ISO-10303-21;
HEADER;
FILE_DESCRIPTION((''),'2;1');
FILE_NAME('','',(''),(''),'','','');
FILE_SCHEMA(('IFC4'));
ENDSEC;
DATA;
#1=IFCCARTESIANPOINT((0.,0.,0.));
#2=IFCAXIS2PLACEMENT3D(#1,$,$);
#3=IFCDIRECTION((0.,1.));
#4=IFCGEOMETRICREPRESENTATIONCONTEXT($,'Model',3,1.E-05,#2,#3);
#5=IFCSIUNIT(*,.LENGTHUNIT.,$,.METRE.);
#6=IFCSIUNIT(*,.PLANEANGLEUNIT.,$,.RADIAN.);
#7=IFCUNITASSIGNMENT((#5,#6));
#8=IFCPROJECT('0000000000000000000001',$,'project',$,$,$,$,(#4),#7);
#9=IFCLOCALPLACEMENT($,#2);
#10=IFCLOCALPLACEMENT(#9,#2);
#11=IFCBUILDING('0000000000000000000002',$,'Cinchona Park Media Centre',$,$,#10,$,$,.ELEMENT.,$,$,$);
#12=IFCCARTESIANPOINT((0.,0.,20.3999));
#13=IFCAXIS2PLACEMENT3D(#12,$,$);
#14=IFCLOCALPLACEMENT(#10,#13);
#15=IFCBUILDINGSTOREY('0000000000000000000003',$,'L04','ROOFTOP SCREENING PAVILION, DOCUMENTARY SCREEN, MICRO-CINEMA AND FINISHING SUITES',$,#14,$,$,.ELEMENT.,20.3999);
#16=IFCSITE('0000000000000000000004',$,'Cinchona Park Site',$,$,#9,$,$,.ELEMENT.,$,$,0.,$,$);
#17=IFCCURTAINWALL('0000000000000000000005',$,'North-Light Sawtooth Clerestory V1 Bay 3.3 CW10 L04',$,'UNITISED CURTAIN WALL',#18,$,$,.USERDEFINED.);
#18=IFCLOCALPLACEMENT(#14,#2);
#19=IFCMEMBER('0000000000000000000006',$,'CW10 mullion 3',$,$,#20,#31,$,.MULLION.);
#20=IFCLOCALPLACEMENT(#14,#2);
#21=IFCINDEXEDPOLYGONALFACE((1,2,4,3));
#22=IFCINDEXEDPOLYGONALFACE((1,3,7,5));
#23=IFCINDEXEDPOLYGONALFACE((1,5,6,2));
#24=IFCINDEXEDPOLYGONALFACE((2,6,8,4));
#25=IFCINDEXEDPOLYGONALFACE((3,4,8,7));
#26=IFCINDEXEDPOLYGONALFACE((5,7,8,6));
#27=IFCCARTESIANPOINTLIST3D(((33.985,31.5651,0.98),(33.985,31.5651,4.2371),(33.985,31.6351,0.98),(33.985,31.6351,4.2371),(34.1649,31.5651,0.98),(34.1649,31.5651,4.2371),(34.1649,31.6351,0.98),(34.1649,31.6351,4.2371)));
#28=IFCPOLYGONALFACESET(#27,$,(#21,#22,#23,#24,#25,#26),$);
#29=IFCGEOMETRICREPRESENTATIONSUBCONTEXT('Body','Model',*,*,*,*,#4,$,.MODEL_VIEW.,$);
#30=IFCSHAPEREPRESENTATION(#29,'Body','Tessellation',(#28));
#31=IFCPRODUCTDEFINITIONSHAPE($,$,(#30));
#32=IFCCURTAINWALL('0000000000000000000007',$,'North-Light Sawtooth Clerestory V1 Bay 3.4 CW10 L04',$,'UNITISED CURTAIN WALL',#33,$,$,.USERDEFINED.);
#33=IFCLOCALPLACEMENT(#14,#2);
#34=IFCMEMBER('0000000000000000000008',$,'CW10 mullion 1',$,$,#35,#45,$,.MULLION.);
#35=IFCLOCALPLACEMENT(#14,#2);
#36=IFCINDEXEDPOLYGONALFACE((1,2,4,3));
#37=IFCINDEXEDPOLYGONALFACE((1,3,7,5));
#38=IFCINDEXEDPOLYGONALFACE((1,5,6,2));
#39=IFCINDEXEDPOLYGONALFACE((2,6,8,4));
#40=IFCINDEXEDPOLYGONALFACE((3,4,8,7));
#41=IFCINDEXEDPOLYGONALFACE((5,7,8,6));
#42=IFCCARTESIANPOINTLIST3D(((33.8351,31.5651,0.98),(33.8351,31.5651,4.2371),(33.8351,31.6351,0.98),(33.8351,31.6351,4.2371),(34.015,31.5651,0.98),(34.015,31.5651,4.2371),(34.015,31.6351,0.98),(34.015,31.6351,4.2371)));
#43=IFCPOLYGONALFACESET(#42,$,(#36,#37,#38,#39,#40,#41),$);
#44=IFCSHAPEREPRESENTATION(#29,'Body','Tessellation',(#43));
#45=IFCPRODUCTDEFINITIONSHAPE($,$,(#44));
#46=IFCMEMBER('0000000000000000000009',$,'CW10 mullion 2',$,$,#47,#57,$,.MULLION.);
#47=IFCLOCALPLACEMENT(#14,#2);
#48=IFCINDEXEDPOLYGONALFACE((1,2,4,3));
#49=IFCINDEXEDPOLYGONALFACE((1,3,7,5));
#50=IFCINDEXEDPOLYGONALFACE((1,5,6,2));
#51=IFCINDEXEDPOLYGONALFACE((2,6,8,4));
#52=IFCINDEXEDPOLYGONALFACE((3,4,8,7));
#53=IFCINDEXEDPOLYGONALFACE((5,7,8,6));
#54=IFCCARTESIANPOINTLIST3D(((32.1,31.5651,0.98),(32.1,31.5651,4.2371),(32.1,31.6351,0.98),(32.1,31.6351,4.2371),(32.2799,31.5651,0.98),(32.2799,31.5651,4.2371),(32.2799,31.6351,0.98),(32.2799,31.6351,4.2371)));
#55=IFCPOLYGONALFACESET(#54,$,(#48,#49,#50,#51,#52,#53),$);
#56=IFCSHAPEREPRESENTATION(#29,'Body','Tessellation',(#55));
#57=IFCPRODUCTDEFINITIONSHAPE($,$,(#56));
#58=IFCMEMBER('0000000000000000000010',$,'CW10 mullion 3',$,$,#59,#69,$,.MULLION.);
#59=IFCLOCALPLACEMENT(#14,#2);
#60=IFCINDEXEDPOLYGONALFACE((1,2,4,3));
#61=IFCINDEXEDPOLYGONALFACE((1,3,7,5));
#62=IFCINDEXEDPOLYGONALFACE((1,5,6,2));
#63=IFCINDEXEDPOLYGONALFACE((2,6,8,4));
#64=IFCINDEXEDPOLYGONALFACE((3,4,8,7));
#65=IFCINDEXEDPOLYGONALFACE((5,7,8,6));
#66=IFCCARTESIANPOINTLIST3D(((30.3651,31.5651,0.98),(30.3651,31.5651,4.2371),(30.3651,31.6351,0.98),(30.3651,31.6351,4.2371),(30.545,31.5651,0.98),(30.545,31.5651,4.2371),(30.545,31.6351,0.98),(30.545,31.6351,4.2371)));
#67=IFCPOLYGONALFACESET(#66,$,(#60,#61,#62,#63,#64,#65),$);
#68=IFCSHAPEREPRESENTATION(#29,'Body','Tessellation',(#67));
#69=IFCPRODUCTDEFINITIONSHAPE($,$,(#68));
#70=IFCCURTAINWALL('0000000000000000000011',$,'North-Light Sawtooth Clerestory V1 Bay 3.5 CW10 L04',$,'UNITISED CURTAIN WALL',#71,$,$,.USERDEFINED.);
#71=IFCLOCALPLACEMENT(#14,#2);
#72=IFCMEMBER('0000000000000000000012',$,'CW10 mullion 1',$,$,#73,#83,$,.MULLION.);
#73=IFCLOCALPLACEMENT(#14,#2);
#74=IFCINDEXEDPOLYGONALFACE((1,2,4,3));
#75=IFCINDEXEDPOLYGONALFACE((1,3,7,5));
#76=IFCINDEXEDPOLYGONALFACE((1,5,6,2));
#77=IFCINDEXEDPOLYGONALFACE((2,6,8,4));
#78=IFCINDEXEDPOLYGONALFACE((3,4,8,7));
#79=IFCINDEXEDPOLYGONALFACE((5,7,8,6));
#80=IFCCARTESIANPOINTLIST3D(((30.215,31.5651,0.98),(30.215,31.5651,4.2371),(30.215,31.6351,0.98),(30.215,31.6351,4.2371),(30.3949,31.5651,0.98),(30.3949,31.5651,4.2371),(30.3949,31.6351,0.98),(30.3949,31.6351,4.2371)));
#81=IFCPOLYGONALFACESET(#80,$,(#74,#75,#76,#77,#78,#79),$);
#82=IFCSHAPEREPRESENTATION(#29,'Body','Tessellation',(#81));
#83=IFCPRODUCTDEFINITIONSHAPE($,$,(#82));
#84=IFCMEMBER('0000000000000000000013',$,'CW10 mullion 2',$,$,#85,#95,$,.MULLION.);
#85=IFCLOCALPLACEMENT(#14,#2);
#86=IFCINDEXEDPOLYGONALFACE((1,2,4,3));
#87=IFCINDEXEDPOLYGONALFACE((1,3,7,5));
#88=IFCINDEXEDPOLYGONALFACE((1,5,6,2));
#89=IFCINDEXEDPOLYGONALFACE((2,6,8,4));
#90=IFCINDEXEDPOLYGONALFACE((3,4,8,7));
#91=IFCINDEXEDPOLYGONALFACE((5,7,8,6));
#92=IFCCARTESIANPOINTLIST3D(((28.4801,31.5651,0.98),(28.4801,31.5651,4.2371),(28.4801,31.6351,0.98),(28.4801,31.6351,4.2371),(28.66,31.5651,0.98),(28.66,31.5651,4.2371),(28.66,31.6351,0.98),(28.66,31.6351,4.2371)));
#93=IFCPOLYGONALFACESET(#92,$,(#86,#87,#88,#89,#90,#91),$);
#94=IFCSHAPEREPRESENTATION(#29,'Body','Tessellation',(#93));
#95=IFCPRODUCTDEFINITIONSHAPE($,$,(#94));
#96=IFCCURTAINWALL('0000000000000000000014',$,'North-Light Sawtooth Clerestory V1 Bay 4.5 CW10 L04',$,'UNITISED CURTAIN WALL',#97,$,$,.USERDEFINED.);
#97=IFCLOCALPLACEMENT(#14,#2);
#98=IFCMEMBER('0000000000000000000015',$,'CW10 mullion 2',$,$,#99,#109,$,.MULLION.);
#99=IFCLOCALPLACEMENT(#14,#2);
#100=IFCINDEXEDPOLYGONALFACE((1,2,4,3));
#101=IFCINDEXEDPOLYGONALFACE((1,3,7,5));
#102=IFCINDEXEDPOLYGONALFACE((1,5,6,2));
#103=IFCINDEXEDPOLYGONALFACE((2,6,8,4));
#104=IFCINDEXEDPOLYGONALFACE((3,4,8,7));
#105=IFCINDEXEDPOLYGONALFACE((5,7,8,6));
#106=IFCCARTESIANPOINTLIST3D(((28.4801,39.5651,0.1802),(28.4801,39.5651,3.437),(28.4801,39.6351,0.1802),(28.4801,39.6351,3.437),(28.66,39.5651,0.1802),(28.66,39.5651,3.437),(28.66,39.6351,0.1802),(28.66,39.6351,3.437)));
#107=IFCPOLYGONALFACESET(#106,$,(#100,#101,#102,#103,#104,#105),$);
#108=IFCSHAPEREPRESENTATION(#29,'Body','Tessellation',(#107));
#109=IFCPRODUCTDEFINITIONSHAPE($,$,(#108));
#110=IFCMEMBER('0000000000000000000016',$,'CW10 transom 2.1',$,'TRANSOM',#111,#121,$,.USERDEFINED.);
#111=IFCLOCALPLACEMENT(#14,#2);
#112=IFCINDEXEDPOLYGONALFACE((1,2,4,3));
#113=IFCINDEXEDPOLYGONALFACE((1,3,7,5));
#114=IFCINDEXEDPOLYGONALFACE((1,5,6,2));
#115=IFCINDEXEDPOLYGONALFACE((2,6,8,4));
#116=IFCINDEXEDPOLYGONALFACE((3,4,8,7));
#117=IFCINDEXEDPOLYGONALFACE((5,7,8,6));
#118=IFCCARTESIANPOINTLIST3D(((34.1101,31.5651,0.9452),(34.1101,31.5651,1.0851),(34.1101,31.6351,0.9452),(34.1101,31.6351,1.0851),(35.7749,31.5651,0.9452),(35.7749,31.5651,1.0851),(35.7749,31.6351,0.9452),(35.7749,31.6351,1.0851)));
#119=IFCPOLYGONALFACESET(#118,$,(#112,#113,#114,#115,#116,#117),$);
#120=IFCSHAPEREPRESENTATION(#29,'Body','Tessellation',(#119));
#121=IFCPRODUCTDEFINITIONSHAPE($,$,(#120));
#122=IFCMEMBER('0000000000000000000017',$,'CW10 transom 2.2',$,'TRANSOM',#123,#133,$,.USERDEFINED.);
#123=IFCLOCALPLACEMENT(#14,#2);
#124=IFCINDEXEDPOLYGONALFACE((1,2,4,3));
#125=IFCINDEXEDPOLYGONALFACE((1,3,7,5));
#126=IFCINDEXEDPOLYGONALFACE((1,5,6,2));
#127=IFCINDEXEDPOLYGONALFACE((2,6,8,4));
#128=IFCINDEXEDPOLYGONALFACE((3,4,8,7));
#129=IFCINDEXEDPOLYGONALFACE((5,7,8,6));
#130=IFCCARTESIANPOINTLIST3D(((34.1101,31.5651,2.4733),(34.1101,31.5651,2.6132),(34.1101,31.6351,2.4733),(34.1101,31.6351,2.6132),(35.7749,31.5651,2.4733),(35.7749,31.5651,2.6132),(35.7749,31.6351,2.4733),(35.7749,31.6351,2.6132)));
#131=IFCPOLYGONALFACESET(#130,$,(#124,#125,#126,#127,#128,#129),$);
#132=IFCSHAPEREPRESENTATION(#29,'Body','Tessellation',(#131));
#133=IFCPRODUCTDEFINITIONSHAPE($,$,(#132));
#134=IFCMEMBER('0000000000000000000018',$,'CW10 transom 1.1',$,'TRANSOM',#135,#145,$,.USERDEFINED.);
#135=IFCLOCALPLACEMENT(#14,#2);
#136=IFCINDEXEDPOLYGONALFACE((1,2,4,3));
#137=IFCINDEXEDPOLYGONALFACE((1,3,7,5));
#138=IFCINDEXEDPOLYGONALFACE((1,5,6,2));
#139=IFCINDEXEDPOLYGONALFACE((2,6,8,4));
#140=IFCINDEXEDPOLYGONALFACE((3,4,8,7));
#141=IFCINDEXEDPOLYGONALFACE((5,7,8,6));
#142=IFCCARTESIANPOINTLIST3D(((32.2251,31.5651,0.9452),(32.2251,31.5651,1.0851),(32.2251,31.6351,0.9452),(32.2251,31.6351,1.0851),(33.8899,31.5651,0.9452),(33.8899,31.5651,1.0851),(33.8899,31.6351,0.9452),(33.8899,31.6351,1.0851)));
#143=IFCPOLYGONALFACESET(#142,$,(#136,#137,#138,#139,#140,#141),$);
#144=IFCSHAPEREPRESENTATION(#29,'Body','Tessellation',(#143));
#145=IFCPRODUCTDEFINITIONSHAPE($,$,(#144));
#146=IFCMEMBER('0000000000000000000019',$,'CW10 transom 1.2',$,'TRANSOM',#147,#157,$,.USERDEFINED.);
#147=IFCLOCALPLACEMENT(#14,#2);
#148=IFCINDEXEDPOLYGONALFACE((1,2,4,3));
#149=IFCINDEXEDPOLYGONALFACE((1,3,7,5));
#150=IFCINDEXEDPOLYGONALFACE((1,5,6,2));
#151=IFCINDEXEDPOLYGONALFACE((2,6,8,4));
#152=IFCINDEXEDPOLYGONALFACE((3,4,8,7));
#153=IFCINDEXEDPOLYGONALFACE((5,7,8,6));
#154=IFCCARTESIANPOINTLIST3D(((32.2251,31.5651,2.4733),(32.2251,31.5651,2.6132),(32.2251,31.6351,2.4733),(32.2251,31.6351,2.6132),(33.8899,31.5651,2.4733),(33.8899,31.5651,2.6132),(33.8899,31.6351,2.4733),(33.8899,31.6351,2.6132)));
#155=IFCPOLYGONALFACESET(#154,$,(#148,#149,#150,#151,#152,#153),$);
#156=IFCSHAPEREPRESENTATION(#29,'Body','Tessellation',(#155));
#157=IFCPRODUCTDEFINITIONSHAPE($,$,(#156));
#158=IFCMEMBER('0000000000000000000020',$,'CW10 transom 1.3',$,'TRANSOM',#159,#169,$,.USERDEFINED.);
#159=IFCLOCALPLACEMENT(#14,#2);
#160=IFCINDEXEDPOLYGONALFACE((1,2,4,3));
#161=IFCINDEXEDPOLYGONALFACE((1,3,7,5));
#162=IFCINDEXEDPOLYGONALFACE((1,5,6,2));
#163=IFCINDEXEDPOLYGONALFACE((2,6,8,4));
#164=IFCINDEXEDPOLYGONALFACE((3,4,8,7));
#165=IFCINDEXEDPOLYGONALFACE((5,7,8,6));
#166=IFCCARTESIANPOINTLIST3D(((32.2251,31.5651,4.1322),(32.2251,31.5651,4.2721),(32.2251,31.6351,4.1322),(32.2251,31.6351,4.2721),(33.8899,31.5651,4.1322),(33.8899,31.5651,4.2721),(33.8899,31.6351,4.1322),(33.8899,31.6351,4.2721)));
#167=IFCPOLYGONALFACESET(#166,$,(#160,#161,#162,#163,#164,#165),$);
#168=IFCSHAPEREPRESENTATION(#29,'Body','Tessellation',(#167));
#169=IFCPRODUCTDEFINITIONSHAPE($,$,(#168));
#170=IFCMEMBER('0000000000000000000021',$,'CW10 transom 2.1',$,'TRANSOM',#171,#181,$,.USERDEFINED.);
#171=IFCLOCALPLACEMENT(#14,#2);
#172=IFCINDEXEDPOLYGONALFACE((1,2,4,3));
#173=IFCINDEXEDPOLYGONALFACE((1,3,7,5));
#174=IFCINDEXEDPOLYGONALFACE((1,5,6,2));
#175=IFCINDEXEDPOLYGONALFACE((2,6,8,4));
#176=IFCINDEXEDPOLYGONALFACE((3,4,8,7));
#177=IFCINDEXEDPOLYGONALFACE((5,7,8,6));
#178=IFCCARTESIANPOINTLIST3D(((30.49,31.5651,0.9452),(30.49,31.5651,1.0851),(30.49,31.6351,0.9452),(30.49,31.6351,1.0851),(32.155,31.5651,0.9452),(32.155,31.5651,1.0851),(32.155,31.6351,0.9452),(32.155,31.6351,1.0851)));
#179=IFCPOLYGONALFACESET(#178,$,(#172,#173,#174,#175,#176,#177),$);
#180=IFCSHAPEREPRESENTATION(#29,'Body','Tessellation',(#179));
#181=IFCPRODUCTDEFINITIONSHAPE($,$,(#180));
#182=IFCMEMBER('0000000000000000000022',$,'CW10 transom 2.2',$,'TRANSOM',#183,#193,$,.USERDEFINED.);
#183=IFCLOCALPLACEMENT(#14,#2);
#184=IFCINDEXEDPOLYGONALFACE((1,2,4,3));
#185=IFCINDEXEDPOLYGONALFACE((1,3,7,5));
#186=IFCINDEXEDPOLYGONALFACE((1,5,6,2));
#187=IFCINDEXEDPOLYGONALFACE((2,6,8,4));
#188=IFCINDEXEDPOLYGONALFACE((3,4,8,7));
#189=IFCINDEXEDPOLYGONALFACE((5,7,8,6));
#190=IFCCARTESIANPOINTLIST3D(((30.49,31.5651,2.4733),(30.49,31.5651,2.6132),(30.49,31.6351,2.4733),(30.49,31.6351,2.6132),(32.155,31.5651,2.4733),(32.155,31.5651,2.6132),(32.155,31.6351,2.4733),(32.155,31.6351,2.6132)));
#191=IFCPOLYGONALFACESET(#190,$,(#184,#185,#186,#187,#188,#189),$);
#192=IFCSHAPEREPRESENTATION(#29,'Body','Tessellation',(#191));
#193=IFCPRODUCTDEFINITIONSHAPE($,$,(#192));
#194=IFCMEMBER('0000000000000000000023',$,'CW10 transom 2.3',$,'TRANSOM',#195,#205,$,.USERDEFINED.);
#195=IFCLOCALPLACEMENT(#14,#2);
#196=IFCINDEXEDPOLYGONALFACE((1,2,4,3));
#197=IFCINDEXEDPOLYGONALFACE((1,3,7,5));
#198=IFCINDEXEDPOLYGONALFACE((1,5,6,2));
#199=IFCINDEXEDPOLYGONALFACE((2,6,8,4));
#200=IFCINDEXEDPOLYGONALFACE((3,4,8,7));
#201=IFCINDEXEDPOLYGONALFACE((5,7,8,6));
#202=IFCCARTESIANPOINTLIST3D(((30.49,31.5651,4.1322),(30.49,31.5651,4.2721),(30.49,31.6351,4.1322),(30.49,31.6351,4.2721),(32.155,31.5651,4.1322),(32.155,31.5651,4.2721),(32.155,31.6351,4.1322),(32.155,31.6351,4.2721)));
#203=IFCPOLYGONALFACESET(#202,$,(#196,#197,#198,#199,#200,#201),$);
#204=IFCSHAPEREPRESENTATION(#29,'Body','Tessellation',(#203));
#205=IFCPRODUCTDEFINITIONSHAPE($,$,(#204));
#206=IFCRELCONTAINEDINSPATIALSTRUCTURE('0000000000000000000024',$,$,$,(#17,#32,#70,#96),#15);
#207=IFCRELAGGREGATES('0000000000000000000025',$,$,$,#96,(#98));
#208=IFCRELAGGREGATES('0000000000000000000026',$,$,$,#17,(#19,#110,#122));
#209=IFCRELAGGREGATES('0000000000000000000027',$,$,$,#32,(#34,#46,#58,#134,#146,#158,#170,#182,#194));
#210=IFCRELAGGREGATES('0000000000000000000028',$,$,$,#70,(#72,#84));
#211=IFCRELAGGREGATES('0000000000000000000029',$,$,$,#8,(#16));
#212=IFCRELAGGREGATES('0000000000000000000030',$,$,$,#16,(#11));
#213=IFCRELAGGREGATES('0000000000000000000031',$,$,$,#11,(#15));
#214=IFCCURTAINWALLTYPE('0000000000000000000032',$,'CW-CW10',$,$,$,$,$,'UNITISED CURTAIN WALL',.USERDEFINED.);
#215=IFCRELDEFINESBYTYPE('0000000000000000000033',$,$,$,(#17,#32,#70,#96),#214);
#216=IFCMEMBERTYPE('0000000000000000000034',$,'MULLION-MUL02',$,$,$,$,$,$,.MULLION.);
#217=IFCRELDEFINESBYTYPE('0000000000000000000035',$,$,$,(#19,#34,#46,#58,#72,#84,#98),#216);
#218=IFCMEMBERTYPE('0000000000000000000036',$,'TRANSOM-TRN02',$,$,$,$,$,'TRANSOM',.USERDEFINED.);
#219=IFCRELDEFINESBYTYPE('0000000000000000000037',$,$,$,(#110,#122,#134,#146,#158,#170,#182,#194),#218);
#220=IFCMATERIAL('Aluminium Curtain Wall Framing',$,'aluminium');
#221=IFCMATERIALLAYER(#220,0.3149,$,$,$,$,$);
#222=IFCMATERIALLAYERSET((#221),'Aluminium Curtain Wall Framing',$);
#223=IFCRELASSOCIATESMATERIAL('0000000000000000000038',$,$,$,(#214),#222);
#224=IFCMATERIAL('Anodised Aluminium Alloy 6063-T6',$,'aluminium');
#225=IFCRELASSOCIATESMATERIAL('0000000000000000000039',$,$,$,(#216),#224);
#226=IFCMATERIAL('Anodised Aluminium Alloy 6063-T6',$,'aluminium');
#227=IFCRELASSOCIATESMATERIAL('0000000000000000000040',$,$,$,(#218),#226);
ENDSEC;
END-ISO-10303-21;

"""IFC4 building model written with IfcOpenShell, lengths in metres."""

from ifc_helpers import new_model, si_unit, direction, frame, origin, origin_2d, place, context, subcontext, project, spatial, rectangle, extrude, material, layer, layer_set, material_profile, profile_set, type_object, element, aggregate, save


model = new_model("IFC4")

# Units and contexts
model_context = context("Model", 3, precision=1e-05, world=origin(), true_north=direction((0.0, 1.0)))
body_context = subcontext(model_context, "Body", "Model", "MODEL_VIEW")
ifc_project = project(units=[si_unit("LENGTHUNIT", "METRE"), si_unit("PLANEANGLEUNIT", "RADIAN")], contexts=[model_context])

# Site, building, storey
site_placement = place(None, origin())
site = spatial("IfcSite", under=ifc_project, at=site_placement, Name="Cinchona Park Site", CompositionType="ELEMENT", RefElevation=0.0)
building_placement = place(site_placement, origin())
building = spatial("IfcBuilding", under=site, at=building_placement, Name="Cinchona Park Media Centre", CompositionType="ELEMENT")
storey_placement = place(building_placement, frame((0.0, 0.0, 20.3999)))
storey = spatial("IfcBuildingStorey", under=building, at=storey_placement, Name="L04", Description="ROOFTOP SCREENING PAVILION, DOCUMENTARY SCREEN, MICRO-CINEMA AND FINISHING SUITES", CompositionType="ELEMENT", Elevation=20.3999)

# Curtain wall, member
ifc_material_1 = material(Name="Aluminium Curtain Wall Framing", Category="aluminium")
ifc_layer_1 = layer(ifc_material_1, 0.3149)
ifc_layer_set_1 = layer_set([ifc_layer_1], Name="Aluminium Curtain Wall Framing")
curtain_wall_type = type_object("IfcCurtainWallType", Name="CW-CW10", ElementType="UNITISED CURTAIN WALL", PredefinedType="USERDEFINED", material=ifc_layer_set_1)
curtain_wall_1_placement = place(storey_placement, origin())
curtain_wall_1 = element("IfcCurtainWall", 1, at=curtain_wall_1_placement, inside=storey, type_object=curtain_wall_type, Name="North-Light Sawtooth Clerestory V1 Bay 3.3 CW10 L04", ObjectType="UNITISED CURTAIN WALL", PredefinedType="USERDEFINED")
ifc_material_2 = material(Name="Anodised Aluminium Alloy 6063-T6", Category="aluminium")
ifc_material_profile_1 = material_profile(ifc_material_2, rectangle(XDim=0.0701, YDim=0.1799, at=origin_2d()), Name="MUL-70X180")
ifc_profile_set_1 = profile_set([ifc_material_profile_1], Name="Anodised Aluminium Alloy 6063-T6")
member_type_1 = type_object("IfcMemberType", Name="MULLION-MUL02", PredefinedType="MULLION", material=ifc_profile_set_1)
member_1_placement = place(storey_placement, frame((34.075, 31.6001, 0.98), z_axis=(0.0, 0.0, 1.0), x_axis=(0.0, -1.0, 0.0)))
member_1 = element("IfcMember", 2, at=member_1_placement, type_object=member_type_1, Name="CW10 mullion 3", PredefinedType="MULLION", context=body_context, shape_type="SweptSolid", body=[
    extrude(rectangle(XDim=0.0701, YDim=0.1799, at=origin_2d()), origin(), (0.0, 0.0, 1.0), 3.2571),
])

# Curtain walls, members
curtain_wall_2_placement = place(storey_placement, origin())
curtain_wall_2 = element("IfcCurtainWall", 3, at=curtain_wall_2_placement, inside=storey, type_object=curtain_wall_type, Name="North-Light Sawtooth Clerestory V1 Bay 3.4 CW10 L04", ObjectType="UNITISED CURTAIN WALL", PredefinedType="USERDEFINED")
member_2_placement = place(storey_placement, frame((33.925, 31.6001, 0.98), z_axis=(0.0, 0.0, 1.0), x_axis=(0.0, -1.0, 0.0)))
member_2 = element("IfcMember", 4, at=member_2_placement, type_object=member_type_1, Name="CW10 mullion 1", PredefinedType="MULLION", context=body_context, shape_type="SweptSolid", body=[
    extrude(rectangle(XDim=0.0701, YDim=0.1799, at=origin_2d()), origin(), (0.0, 0.0, 1.0), 3.2571),
])
member_3_placement = place(storey_placement, frame((32.1899, 31.6001, 0.98), z_axis=(0.0, 0.0, 1.0), x_axis=(0.0, -1.0, 0.0)))
member_3 = element("IfcMember", 5, at=member_3_placement, type_object=member_type_1, Name="CW10 mullion 2", PredefinedType="MULLION", context=body_context, shape_type="SweptSolid", body=[
    extrude(rectangle(XDim=0.0701, YDim=0.1799, at=origin_2d()), origin(), (0.0, 0.0, 1.0), 3.2571),
])
member_4_placement = place(storey_placement, frame((30.4551, 31.6001, 0.98), z_axis=(0.0, 0.0, 1.0), x_axis=(0.0, -1.0, 0.0)))
member_4 = element("IfcMember", 6, at=member_4_placement, type_object=member_type_1, Name="CW10 mullion 3", PredefinedType="MULLION", context=body_context, shape_type="SweptSolid", body=[
    extrude(rectangle(XDim=0.0701, YDim=0.1799, at=origin_2d()), origin(), (0.0, 0.0, 1.0), 3.2571),
])
curtain_wall_3_placement = place(storey_placement, origin())
curtain_wall_3 = element("IfcCurtainWall", 7, at=curtain_wall_3_placement, inside=storey, type_object=curtain_wall_type, Name="North-Light Sawtooth Clerestory V1 Bay 3.5 CW10 L04", ObjectType="UNITISED CURTAIN WALL", PredefinedType="USERDEFINED")
member_5_placement = place(storey_placement, frame((30.3049, 31.6001, 0.98), z_axis=(0.0, 0.0, 1.0), x_axis=(0.0, -1.0, 0.0)))
member_5 = element("IfcMember", 8, at=member_5_placement, type_object=member_type_1, Name="CW10 mullion 1", PredefinedType="MULLION", context=body_context, shape_type="SweptSolid", body=[
    extrude(rectangle(XDim=0.0701, YDim=0.1799, at=origin_2d()), origin(), (0.0, 0.0, 1.0), 3.2571),
])
member_6_placement = place(storey_placement, frame((28.5701, 31.6001, 0.98), z_axis=(0.0, 0.0, 1.0), x_axis=(0.0, -1.0, 0.0)))
member_6 = element("IfcMember", 9, at=member_6_placement, type_object=member_type_1, Name="CW10 mullion 2", PredefinedType="MULLION", context=body_context, shape_type="SweptSolid", body=[
    extrude(rectangle(XDim=0.0701, YDim=0.1799, at=origin_2d()), origin(), (0.0, 0.0, 1.0), 3.2571),
])

# Curtain wall, member
curtain_wall_4_placement = place(storey_placement, origin())
curtain_wall_4 = element("IfcCurtainWall", 10, at=curtain_wall_4_placement, inside=storey, type_object=curtain_wall_type, Name="North-Light Sawtooth Clerestory V1 Bay 4.5 CW10 L04", ObjectType="UNITISED CURTAIN WALL", PredefinedType="USERDEFINED")
member_7_placement = place(storey_placement, frame((28.5701, 39.6001, 0.1802), z_axis=(0.0, 0.0, 1.0), x_axis=(0.0, -1.0, 0.0)))
member_7 = element("IfcMember", 11, at=member_7_placement, type_object=member_type_1, Name="CW10 mullion 2", PredefinedType="MULLION", context=body_context, shape_type="SweptSolid", body=[
    extrude(rectangle(XDim=0.0701, YDim=0.1799, at=origin_2d()), origin(), (0.0, 0.0, 1.0), 3.2568),
])

# Members
ifc_material_3 = material(Name="Anodised Aluminium Alloy 6063-T6", Category="aluminium")
ifc_material_profile_2 = material_profile(ifc_material_3, rectangle(XDim=0.0701, YDim=0.1399, at=origin_2d()), Name="TRN-70X140")
ifc_profile_set_2 = profile_set([ifc_material_profile_2], Name="Anodised Aluminium Alloy 6063-T6")
member_type_2 = type_object("IfcMemberType", Name="TRANSOM-TRN02", ElementType="TRANSOM", PredefinedType="USERDEFINED", material=ifc_profile_set_2)
member_8_placement = place(storey_placement, frame((35.7749, 31.6001, 1.0151), z_axis=(-1.0, 0.0, 0.0), x_axis=(0.0, -1.0, 0.0)))
member_8 = element("IfcMember", 12, at=member_8_placement, type_object=member_type_2, Name="CW10 transom 2.1", ObjectType="TRANSOM", PredefinedType="USERDEFINED", context=body_context, shape_type="SweptSolid", body=[
    extrude(rectangle(XDim=0.0701, YDim=0.1399, at=origin_2d()), origin(), (0.0, 0.0, 1.0), 1.6648),
])
member_9_placement = place(storey_placement, frame((35.7749, 31.6001, 2.5432), z_axis=(-1.0, 0.0, 0.0), x_axis=(0.0, -1.0, 0.0)))
member_9 = element("IfcMember", 13, at=member_9_placement, type_object=member_type_2, Name="CW10 transom 2.2", ObjectType="TRANSOM", PredefinedType="USERDEFINED", context=body_context, shape_type="SweptSolid", body=[
    extrude(rectangle(XDim=0.0701, YDim=0.1399, at=origin_2d()), origin(), (0.0, 0.0, 1.0), 1.6648),
])
member_10_placement = place(storey_placement, frame((33.8899, 31.6001, 1.0151), z_axis=(-1.0, 0.0, 0.0), x_axis=(0.0, -1.0, 0.0)))
member_10 = element("IfcMember", 14, at=member_10_placement, type_object=member_type_2, Name="CW10 transom 1.1", ObjectType="TRANSOM", PredefinedType="USERDEFINED", context=body_context, shape_type="SweptSolid", body=[
    extrude(rectangle(XDim=0.0701, YDim=0.1399, at=origin_2d()), origin(), (0.0, 0.0, 1.0), 1.6648),
])
member_11_placement = place(storey_placement, frame((33.8899, 31.6001, 2.5432), z_axis=(-1.0, 0.0, 0.0), x_axis=(0.0, -1.0, 0.0)))
member_11 = element("IfcMember", 15, at=member_11_placement, type_object=member_type_2, Name="CW10 transom 1.2", ObjectType="TRANSOM", PredefinedType="USERDEFINED", context=body_context, shape_type="SweptSolid", body=[
    extrude(rectangle(XDim=0.0701, YDim=0.1399, at=origin_2d()), origin(), (0.0, 0.0, 1.0), 1.6648),
])
member_12_placement = place(storey_placement, frame((33.8899, 31.6001, 4.2021), z_axis=(-1.0, 0.0, 0.0), x_axis=(0.0, -1.0, 0.0)))
member_12 = element("IfcMember", 16, at=member_12_placement, type_object=member_type_2, Name="CW10 transom 1.3", ObjectType="TRANSOM", PredefinedType="USERDEFINED", context=body_context, shape_type="SweptSolid", body=[
    extrude(rectangle(XDim=0.0701, YDim=0.1399, at=origin_2d()), origin(), (0.0, 0.0, 1.0), 1.6648),
])
member_13_placement = place(storey_placement, frame((32.155, 31.6001, 1.0151), z_axis=(-1.0, 0.0, 0.0), x_axis=(0.0, -1.0, 0.0)))
member_13 = element("IfcMember", 17, at=member_13_placement, type_object=member_type_2, Name="CW10 transom 2.1", ObjectType="TRANSOM", PredefinedType="USERDEFINED", context=body_context, shape_type="SweptSolid", body=[
    extrude(rectangle(XDim=0.0701, YDim=0.1399, at=origin_2d()), origin(), (0.0, 0.0, 1.0), 1.665),
])
member_14_placement = place(storey_placement, frame((32.155, 31.6001, 2.5432), z_axis=(-1.0, 0.0, 0.0), x_axis=(0.0, -1.0, 0.0)))
member_14 = element("IfcMember", 18, at=member_14_placement, type_object=member_type_2, Name="CW10 transom 2.2", ObjectType="TRANSOM", PredefinedType="USERDEFINED", context=body_context, shape_type="SweptSolid", body=[
    extrude(rectangle(XDim=0.0701, YDim=0.1399, at=origin_2d()), origin(), (0.0, 0.0, 1.0), 1.665),
])
member_15_placement = place(storey_placement, frame((32.155, 31.6001, 4.2021), z_axis=(-1.0, 0.0, 0.0), x_axis=(0.0, -1.0, 0.0)))
member_15 = element("IfcMember", 19, at=member_15_placement, type_object=member_type_2, Name="CW10 transom 2.3", ObjectType="TRANSOM", PredefinedType="USERDEFINED", context=body_context, shape_type="SweptSolid", body=[
    extrude(rectangle(XDim=0.0701, YDim=0.1399, at=origin_2d()), origin(), (0.0, 0.0, 1.0), 1.665),
])

aggregate(curtain_wall_4, [member_7])
aggregate(curtain_wall_1, [member_1, member_8, member_9])
aggregate(curtain_wall_2, [member_2, member_3, member_4, member_10, member_11, member_12, member_13, member_14, member_15])
aggregate(curtain_wall_3, [member_5, member_6])

save(model, "model.ifc")
